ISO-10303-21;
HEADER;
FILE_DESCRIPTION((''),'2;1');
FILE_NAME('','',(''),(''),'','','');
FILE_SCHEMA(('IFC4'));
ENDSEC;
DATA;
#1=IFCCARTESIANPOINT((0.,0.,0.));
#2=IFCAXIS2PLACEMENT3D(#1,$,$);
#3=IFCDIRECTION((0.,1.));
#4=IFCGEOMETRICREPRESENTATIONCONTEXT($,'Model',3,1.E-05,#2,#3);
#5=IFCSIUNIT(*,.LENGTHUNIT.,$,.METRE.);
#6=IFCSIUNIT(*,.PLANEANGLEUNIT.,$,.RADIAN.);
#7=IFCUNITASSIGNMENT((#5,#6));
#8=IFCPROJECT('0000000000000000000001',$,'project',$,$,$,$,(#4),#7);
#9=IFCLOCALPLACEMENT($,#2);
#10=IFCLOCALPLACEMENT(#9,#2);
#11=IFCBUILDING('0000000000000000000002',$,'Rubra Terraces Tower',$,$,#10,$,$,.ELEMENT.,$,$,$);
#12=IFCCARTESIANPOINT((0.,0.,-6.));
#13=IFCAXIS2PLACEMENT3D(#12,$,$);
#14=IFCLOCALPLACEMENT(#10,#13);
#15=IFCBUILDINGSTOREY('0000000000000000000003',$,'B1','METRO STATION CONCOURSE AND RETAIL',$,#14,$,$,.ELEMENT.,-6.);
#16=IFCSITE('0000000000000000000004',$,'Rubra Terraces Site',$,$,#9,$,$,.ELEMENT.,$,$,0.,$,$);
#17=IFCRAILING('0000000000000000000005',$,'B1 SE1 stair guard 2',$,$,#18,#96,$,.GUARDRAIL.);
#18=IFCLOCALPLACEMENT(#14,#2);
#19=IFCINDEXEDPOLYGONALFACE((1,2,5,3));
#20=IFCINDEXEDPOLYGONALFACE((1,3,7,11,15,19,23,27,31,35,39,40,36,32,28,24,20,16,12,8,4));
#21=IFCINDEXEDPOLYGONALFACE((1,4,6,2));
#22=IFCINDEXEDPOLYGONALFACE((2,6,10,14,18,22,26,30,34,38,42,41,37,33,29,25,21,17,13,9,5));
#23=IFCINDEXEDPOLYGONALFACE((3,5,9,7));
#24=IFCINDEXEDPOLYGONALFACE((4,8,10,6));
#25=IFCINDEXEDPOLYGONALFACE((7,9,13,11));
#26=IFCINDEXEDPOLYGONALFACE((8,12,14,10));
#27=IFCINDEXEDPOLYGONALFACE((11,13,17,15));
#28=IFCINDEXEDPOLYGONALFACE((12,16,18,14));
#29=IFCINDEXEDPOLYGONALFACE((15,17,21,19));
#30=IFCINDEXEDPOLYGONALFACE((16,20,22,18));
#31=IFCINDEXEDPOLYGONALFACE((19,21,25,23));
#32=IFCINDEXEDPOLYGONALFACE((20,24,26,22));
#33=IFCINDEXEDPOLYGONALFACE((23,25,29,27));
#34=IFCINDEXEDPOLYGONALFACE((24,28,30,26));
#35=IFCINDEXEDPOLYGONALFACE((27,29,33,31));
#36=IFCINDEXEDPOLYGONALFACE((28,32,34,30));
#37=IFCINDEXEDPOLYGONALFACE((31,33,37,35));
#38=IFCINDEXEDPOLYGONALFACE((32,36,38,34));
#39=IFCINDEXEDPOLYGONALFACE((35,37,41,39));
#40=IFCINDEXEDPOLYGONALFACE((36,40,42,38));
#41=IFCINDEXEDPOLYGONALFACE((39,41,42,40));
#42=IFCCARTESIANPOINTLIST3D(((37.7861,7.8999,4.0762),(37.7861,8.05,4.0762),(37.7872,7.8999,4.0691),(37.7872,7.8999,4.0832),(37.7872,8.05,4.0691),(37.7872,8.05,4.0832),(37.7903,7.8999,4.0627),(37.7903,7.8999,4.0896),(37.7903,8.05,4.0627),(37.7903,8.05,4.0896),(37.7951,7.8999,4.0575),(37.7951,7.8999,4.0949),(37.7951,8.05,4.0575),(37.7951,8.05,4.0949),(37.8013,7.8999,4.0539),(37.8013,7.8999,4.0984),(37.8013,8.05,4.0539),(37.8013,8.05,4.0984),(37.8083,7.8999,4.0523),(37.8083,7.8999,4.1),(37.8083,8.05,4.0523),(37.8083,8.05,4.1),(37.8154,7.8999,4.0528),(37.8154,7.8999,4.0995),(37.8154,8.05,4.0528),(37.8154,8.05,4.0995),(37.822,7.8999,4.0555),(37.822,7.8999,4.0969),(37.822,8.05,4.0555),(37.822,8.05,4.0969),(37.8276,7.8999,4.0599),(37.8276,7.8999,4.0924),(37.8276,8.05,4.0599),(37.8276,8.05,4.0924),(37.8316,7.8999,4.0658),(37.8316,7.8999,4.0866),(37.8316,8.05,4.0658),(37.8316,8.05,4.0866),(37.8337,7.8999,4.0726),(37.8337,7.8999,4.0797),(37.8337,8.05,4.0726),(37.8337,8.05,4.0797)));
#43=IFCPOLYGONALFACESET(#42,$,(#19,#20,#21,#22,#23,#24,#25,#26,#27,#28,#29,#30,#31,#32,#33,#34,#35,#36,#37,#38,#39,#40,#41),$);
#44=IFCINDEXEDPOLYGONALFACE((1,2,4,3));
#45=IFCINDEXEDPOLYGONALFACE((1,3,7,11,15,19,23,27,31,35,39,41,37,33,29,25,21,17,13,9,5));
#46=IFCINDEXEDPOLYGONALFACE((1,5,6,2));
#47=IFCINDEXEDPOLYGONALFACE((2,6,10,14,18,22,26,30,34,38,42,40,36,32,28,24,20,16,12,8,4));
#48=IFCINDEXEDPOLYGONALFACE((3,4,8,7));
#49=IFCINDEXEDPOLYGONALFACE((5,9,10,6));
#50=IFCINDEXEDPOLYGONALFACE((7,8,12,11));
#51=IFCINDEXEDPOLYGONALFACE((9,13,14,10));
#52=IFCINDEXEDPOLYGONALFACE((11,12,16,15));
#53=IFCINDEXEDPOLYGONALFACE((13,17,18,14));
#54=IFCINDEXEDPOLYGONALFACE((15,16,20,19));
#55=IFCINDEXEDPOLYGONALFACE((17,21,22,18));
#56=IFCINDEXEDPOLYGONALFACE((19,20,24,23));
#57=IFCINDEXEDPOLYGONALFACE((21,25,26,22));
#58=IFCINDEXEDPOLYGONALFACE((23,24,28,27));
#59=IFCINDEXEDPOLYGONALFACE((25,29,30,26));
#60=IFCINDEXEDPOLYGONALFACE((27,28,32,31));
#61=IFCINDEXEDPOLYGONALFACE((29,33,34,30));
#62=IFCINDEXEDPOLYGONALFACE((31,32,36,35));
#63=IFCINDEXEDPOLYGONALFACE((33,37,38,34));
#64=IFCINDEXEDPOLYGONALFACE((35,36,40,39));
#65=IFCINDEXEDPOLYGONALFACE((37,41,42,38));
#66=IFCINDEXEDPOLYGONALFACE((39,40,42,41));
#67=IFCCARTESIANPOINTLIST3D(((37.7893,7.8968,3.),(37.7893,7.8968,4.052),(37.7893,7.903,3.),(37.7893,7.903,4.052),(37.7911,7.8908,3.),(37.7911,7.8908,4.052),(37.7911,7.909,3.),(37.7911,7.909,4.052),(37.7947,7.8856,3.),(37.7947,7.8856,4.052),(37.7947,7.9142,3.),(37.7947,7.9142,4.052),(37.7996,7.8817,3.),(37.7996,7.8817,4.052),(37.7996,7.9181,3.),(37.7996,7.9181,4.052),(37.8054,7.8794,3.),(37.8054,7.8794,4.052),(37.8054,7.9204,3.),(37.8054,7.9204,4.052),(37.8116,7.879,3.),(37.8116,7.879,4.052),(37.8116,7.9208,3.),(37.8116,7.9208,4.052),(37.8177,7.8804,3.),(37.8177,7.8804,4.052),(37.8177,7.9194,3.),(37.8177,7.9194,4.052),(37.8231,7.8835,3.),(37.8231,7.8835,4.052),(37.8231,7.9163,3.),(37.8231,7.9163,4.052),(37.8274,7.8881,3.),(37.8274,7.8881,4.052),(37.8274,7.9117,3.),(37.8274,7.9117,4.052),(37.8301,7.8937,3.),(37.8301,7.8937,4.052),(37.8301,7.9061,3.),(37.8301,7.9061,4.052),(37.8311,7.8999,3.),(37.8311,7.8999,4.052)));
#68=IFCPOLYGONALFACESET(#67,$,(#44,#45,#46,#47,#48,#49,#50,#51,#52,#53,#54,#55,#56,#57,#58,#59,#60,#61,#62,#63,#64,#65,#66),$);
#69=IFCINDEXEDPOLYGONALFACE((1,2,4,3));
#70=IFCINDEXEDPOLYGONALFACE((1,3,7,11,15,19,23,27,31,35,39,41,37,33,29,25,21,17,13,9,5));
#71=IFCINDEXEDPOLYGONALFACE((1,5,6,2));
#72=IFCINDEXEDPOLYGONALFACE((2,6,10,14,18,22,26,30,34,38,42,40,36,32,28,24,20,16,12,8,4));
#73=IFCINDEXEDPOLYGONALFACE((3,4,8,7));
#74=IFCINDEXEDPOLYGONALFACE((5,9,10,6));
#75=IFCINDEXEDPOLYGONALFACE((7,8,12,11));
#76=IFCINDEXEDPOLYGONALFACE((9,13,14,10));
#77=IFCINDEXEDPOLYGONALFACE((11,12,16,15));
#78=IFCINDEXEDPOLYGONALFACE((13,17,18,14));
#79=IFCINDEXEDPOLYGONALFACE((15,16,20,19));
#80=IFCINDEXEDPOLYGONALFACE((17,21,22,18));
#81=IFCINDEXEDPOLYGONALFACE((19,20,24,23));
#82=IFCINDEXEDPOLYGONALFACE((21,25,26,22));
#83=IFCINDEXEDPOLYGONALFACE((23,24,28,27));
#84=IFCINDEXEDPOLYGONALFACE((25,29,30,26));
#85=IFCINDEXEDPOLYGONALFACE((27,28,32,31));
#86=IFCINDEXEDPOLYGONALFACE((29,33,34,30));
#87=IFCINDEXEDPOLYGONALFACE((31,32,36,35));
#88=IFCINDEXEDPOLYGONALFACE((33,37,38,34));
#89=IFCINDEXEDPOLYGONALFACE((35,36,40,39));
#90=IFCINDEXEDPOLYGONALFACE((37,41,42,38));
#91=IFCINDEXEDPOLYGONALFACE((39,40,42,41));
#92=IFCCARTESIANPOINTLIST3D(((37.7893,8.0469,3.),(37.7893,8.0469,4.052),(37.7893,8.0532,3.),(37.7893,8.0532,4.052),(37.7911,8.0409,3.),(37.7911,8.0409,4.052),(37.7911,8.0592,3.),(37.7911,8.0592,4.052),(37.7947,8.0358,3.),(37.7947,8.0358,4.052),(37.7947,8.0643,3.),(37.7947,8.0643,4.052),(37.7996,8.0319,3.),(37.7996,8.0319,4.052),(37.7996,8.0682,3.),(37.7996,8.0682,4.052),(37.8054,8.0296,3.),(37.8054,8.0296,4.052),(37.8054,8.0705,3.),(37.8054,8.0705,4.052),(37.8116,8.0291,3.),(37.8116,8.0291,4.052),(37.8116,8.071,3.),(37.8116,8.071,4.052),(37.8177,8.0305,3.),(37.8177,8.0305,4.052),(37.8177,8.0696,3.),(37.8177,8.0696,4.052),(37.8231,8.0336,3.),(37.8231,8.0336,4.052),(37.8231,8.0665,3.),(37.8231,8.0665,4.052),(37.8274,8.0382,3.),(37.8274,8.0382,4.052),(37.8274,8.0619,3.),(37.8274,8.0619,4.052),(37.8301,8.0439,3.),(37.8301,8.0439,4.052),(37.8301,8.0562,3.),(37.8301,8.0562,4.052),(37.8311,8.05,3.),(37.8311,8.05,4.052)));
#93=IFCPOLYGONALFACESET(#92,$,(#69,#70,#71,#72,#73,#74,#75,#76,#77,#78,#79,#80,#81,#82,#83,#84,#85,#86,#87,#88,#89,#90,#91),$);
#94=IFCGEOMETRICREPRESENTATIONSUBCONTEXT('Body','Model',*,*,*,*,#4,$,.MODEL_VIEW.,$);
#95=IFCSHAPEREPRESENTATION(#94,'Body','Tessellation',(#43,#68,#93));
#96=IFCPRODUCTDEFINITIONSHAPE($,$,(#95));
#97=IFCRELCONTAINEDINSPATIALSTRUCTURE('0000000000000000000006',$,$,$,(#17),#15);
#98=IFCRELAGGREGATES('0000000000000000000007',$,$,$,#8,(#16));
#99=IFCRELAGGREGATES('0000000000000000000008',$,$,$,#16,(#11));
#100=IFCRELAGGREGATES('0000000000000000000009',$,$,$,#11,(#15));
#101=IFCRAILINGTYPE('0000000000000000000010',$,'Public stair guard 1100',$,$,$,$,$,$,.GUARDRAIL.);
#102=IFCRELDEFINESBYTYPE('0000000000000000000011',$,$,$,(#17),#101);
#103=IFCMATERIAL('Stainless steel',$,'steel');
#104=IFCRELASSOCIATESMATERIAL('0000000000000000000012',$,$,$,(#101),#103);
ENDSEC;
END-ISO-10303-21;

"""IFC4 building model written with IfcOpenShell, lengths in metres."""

from ifc_helpers import new_model, si_unit, direction, frame, origin, origin_2d, place, context, subcontext, project, spatial, circle, extrude, material, type_object, element, save


model = new_model("IFC4")

# Units and contexts
model_context = context("Model", 3, precision=1e-05, world=origin(), true_north=direction((0.0, 1.0)))
body_context = subcontext(model_context, "Body", "Model", "MODEL_VIEW")
ifc_project = project(units=[si_unit("LENGTHUNIT", "METRE"), si_unit("PLANEANGLEUNIT", "RADIAN")], contexts=[model_context])

# Site, building, storey
site_placement = place(None, origin())
site = spatial("IfcSite", under=ifc_project, at=site_placement, Name="Rubra Terraces Site", CompositionType="ELEMENT", RefElevation=0.0)
building_placement = place(site_placement, origin())
building = spatial("IfcBuilding", under=site, at=building_placement, Name="Rubra Terraces Tower", CompositionType="ELEMENT")
storey_placement = place(building_placement, frame((0.0, 0.0, -6.0)))
storey = spatial("IfcBuildingStorey", under=building, at=storey_placement, Name="B1", Description="METRO STATION CONCOURSE AND RETAIL", CompositionType="ELEMENT", Elevation=-6.0)

# Railing
ifc_material_1 = material(Name="Stainless steel", Category="steel")
railing_type_1 = type_object("IfcRailingType", Name="Public stair guard 1100", PredefinedType="GUARDRAIL", material=ifc_material_1)
railing_1_placement = place(storey_placement, frame((37.8101, 7.8999, 3.0)))
element("IfcRailing", 1, at=railing_1_placement, inside=storey, type_object=railing_type_1, Name="B1 SE1 stair guard 2", PredefinedType="GUARDRAIL", context=body_context, shape_type="SweptSolid", body=[
    extrude(circle(Radius=0.0239, at=origin_2d()), frame((0.0, 0.0, 1.0762), z_axis=(0.0, 1.0, 0.0), x_axis=(-1.0, 0.0, 0.0)), (0.0, 0.0, 1.0), 0.1501),
    extrude(circle(Radius=0.021, at=origin_2d()), origin(), (0.0, 0.0, 1.0), 1.052),
    extrude(circle(Radius=0.021, at=origin_2d()), frame((0.0, 0.1501, 0.0)), (0.0, 0.0, 1.0), 1.052),
])

save(model, "model.ifc")
